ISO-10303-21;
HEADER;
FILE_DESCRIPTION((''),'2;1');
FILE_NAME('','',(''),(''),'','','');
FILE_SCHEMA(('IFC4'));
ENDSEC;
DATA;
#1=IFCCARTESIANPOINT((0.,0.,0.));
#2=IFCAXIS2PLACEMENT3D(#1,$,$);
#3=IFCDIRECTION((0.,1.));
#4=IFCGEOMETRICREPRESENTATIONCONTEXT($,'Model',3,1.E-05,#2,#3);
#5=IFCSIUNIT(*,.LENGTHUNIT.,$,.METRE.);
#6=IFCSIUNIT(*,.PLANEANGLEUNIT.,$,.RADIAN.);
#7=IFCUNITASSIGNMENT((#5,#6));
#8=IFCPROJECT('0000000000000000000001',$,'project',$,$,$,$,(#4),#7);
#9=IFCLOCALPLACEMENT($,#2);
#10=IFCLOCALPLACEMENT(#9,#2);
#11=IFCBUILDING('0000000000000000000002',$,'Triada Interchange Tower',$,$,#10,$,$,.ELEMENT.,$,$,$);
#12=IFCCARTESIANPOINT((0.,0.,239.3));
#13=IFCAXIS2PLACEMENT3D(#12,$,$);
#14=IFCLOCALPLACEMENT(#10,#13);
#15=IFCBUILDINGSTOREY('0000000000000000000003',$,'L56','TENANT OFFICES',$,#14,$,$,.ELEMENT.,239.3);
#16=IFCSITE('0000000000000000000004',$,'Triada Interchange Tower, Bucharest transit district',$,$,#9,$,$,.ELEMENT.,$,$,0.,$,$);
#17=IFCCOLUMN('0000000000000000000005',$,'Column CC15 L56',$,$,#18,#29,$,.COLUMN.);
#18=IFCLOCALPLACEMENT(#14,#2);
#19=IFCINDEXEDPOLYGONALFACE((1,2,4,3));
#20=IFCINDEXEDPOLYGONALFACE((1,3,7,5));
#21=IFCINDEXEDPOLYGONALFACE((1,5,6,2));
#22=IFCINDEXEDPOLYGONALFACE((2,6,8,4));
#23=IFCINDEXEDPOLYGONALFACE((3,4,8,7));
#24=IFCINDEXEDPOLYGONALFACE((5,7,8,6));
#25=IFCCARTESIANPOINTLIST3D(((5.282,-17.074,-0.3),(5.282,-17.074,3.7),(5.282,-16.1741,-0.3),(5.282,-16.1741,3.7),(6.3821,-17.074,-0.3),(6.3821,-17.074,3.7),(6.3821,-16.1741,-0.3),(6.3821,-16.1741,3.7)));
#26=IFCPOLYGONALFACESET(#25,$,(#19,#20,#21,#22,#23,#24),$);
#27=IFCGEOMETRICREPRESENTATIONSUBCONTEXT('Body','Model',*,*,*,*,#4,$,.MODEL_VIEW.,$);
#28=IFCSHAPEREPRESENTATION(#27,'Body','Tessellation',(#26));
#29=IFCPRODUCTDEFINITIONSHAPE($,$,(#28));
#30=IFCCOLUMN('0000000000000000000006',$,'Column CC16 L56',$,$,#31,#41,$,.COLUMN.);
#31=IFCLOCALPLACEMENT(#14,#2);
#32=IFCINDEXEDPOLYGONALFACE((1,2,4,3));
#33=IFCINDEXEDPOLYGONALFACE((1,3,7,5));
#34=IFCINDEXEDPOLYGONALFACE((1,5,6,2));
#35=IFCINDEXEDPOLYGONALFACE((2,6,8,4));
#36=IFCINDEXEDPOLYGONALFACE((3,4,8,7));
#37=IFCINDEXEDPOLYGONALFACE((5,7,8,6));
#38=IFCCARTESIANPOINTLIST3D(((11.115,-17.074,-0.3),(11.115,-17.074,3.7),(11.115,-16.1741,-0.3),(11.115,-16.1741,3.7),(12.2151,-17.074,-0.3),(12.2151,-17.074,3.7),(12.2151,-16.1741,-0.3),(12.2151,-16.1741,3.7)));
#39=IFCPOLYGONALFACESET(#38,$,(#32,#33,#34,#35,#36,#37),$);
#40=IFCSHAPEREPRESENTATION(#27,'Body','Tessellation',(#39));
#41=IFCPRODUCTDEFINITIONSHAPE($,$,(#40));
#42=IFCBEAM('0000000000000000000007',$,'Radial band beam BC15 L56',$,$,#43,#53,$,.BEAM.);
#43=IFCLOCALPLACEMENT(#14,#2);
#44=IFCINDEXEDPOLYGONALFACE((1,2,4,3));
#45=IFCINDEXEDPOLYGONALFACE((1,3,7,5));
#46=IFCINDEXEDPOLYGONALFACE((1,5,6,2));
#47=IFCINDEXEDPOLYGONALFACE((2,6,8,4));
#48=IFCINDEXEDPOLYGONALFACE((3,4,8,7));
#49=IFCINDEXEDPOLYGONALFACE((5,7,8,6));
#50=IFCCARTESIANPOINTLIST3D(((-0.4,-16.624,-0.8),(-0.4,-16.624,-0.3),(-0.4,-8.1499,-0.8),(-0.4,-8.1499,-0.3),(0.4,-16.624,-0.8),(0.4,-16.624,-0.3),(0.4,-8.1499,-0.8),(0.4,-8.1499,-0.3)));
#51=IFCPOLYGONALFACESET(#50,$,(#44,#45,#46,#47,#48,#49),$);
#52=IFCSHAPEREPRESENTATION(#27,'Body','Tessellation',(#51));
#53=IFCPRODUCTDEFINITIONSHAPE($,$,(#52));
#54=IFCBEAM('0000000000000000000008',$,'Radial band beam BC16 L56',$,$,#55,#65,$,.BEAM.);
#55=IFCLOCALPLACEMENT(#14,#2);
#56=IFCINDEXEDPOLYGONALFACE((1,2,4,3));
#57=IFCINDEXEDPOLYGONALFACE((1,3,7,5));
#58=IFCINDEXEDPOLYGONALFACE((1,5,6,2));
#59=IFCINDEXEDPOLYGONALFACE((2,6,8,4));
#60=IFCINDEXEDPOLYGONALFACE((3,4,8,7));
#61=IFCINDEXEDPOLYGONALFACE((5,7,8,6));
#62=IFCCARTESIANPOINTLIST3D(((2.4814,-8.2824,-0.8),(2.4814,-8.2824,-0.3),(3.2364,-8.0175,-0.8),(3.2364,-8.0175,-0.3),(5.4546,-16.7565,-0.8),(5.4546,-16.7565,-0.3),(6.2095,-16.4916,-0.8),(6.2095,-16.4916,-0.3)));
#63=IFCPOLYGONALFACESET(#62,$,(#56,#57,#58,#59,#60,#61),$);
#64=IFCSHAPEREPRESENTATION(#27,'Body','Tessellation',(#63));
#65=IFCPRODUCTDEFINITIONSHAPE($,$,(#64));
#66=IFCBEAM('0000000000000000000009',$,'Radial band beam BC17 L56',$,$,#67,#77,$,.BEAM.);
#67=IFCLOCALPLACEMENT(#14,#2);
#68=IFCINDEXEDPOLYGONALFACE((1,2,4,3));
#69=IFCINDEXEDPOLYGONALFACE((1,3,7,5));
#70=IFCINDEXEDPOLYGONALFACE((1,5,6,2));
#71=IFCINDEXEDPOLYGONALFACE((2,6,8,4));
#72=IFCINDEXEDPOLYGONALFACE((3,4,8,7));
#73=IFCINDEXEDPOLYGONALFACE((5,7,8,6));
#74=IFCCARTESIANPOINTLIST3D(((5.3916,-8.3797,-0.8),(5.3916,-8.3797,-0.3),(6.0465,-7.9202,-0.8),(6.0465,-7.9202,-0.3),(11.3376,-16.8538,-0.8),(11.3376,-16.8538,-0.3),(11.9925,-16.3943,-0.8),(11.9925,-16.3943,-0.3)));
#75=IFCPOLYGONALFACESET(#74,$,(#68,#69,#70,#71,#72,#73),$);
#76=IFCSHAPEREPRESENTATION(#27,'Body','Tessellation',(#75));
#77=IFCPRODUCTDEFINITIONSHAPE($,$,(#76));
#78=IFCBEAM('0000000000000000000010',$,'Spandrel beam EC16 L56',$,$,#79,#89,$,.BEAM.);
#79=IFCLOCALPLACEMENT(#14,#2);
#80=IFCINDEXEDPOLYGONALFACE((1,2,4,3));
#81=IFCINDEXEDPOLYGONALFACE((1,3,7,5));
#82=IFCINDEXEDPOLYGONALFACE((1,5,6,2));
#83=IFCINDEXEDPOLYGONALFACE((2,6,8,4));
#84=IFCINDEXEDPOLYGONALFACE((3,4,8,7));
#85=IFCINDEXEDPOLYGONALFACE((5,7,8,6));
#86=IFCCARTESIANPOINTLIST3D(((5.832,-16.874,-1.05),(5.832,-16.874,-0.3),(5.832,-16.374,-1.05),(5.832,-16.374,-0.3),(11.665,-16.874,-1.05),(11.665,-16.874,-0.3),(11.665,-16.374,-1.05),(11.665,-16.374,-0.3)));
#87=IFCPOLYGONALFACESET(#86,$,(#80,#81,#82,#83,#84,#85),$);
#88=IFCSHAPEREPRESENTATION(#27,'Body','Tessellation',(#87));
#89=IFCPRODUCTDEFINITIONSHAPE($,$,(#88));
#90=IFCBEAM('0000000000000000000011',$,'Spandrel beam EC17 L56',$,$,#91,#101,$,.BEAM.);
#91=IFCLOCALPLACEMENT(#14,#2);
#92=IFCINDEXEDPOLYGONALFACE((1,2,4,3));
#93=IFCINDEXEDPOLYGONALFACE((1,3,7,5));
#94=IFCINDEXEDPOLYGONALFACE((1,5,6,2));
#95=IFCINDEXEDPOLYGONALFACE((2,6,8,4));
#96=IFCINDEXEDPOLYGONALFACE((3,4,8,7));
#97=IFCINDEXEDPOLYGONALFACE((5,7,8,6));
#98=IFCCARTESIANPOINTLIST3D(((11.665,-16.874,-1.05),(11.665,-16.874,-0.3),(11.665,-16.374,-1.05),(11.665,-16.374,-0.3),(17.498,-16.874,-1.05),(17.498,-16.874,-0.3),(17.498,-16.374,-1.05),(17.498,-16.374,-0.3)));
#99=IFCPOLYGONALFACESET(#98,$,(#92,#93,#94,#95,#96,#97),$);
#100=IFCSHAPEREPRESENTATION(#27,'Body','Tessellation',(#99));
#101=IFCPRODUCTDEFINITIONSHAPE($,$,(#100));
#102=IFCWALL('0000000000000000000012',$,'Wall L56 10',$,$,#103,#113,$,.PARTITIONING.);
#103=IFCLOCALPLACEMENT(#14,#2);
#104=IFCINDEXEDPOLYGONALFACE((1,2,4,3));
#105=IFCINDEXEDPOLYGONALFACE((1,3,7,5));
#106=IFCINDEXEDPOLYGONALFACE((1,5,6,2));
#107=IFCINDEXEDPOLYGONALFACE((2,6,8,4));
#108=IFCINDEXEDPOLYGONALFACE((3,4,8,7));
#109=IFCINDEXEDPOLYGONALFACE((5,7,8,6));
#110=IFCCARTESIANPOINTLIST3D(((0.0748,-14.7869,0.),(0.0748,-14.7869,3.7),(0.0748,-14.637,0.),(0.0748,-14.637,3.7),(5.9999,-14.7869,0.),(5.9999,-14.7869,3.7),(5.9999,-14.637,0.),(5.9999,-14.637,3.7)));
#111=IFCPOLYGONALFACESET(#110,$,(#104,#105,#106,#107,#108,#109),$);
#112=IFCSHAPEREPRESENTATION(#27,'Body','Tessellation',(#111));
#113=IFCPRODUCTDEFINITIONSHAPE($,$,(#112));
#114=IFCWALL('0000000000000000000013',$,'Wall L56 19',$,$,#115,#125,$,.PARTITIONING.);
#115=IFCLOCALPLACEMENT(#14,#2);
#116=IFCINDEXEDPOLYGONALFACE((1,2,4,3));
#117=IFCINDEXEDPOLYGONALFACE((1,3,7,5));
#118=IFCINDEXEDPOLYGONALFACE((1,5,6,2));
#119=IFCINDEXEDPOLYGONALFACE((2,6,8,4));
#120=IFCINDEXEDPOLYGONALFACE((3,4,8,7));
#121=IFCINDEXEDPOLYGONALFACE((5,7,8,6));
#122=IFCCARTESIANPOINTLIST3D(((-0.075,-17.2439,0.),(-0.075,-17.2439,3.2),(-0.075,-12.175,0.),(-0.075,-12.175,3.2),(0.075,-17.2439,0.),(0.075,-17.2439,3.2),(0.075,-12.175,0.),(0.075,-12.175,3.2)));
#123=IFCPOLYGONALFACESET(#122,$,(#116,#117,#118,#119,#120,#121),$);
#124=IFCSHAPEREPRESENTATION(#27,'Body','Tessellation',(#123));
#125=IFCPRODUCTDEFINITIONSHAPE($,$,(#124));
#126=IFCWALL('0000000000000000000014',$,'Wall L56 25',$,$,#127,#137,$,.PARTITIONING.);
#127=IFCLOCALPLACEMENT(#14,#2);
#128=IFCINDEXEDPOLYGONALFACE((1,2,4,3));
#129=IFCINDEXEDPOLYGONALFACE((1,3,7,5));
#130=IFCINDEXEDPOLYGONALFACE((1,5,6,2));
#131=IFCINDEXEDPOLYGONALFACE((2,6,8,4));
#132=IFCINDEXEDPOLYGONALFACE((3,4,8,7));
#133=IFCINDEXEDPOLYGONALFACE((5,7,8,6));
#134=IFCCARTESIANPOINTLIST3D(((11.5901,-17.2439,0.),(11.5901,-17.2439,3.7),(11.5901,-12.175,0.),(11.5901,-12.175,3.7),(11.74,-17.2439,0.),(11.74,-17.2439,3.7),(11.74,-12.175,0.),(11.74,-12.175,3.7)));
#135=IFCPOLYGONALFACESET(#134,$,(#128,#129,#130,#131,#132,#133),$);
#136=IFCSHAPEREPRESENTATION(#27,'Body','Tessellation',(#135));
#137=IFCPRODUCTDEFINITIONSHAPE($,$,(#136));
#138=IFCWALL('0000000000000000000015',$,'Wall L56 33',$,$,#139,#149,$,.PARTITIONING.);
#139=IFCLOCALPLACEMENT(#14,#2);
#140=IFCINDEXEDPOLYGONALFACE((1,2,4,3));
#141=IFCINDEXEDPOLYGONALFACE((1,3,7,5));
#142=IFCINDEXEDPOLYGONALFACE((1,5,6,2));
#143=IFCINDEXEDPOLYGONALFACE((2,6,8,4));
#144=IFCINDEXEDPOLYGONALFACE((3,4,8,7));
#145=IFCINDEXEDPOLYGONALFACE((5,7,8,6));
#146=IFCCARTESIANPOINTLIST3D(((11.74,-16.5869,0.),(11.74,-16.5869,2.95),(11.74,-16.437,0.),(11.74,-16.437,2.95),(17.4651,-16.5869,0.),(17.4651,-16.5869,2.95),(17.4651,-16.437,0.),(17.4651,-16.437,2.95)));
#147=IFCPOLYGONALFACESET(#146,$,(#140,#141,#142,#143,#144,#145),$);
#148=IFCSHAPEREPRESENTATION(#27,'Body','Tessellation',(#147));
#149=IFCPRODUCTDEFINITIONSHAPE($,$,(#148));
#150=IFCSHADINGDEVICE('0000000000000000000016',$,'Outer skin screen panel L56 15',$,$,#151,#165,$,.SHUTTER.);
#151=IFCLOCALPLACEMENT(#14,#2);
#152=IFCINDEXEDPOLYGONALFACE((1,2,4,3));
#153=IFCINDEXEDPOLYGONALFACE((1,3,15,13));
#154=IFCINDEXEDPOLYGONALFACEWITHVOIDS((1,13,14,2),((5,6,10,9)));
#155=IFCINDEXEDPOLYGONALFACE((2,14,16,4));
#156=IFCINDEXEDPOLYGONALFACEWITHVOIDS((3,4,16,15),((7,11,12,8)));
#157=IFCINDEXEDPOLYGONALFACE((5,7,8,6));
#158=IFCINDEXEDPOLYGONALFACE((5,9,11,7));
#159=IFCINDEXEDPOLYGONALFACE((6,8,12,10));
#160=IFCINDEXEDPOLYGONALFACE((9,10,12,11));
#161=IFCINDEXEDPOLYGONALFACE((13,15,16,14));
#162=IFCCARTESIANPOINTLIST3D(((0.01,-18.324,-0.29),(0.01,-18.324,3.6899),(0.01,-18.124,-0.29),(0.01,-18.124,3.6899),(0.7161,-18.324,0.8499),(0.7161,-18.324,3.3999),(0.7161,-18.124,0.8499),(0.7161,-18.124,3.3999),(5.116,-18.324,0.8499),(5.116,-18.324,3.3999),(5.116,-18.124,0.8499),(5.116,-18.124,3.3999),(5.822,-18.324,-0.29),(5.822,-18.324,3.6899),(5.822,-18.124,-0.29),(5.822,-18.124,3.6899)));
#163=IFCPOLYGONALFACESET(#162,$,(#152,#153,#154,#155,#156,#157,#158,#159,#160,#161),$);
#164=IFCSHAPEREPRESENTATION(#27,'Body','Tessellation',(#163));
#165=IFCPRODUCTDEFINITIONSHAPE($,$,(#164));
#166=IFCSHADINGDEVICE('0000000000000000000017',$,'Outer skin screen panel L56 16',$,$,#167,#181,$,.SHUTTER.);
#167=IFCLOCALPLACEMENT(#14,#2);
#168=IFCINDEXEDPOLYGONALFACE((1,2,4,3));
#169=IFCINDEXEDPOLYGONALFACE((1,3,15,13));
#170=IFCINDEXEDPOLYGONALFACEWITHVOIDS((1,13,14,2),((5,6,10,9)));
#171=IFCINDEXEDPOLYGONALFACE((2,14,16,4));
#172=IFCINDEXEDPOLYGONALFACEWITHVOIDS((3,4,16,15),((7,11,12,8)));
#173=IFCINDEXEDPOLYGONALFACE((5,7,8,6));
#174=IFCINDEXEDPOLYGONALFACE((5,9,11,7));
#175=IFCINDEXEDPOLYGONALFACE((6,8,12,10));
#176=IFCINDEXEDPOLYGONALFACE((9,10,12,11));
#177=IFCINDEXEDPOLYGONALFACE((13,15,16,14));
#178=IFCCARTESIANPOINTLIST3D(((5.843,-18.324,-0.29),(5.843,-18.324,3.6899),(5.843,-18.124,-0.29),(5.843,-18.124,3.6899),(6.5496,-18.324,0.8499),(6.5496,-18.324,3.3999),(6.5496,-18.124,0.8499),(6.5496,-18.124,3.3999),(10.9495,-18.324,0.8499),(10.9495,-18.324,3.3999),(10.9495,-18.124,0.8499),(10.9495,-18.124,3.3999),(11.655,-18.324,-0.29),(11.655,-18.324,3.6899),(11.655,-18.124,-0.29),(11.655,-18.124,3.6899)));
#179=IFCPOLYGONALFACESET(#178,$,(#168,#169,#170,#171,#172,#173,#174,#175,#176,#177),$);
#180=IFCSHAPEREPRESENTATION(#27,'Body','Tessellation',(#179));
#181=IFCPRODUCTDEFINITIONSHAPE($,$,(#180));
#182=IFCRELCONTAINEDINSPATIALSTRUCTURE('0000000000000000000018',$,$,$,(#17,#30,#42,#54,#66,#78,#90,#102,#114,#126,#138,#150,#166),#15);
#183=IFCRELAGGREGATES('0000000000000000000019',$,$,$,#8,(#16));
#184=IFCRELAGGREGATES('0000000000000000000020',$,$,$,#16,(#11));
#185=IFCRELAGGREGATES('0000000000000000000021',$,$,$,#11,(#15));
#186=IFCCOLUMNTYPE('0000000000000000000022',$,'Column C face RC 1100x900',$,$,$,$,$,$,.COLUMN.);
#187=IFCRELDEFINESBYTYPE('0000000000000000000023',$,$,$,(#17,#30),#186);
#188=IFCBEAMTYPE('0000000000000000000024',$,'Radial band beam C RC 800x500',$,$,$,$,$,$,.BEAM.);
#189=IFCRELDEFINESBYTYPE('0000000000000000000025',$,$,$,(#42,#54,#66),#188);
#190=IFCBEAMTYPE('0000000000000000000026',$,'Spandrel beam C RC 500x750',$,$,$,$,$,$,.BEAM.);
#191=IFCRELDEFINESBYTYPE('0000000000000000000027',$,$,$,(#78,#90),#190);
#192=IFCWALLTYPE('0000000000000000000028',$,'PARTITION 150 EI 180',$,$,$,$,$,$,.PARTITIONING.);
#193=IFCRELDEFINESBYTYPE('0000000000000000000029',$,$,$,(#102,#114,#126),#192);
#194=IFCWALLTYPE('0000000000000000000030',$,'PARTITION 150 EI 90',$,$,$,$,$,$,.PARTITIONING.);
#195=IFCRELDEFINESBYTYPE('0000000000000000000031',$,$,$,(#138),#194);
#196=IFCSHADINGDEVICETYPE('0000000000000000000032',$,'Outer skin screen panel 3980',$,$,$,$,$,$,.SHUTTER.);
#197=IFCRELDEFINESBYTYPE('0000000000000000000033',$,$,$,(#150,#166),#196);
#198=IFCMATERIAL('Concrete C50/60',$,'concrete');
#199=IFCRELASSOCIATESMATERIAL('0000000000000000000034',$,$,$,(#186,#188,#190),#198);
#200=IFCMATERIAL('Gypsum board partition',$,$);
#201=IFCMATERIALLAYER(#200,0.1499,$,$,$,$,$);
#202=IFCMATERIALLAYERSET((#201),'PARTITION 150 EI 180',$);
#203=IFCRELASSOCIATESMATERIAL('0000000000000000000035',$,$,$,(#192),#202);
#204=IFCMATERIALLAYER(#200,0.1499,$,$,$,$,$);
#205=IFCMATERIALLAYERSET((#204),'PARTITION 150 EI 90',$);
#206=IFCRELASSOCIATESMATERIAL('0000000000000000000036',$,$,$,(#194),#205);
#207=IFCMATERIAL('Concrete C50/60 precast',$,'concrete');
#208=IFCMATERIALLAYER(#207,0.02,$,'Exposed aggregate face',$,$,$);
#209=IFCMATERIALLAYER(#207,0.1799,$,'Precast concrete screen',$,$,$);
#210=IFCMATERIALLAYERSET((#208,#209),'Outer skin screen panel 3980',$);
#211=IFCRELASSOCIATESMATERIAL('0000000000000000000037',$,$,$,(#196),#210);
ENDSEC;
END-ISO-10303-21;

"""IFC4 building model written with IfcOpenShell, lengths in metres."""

from ifc_helpers import new_model, si_unit, direction, frame, frame_2d, origin, origin_2d, place, context, subcontext, project, spatial, polyline, rectangle, outline, extrude, material, layer, layer_set, material_profile, profile_set, type_object, element, save


model = new_model("IFC4")

# Units and contexts
model_context = context("Model", 3, precision=1e-05, world=origin(), true_north=direction((0.0, 1.0)))
body_context = subcontext(model_context, "Body", "Model", "MODEL_VIEW")
ifc_project = project(units=[si_unit("LENGTHUNIT", "METRE"), si_unit("PLANEANGLEUNIT", "RADIAN")], contexts=[model_context])

# Site, building, storey
site_placement = place(None, origin())
site = spatial("IfcSite", under=ifc_project, at=site_placement, Name="Triada Interchange Tower, Bucharest transit district", CompositionType="ELEMENT", RefElevation=0.0)
building_placement = place(site_placement, origin())
building = spatial("IfcBuilding", under=site, at=building_placement, Name="Triada Interchange Tower", CompositionType="ELEMENT")
storey_placement = place(building_placement, frame((0.0, 0.0, 239.3)))
storey = spatial("IfcBuildingStorey", under=building, at=storey_placement, Name="L56", Description="TENANT OFFICES", CompositionType="ELEMENT", Elevation=239.3)

# Columns
ifc_material_1 = material(Name="Concrete C50/60", Category="concrete")
ifc_material_profile_1 = material_profile(ifc_material_1, rectangle(XDim=1.1001, YDim=0.8999, at=origin_2d()), Name="RC 1100x900")
ifc_profile_set_1 = profile_set([ifc_material_profile_1], Name="Concrete C50/60")
column_type = type_object("IfcColumnType", Name="Column C face RC 1100x900", PredefinedType="COLUMN", material=ifc_profile_set_1)
for number, where, z_axis, x_axis, name in (
    (1, (5.832, -16.624, -0.3), (0.0, 0.0, 1.0), (1.0, 0.0, 0.0), "Column CC15 L56"),
    (2, (11.665, -16.624, -0.3), (0.0, 0.0, 1.0), (1.0, 0.0, 0.0), "Column CC16 L56"),
):
    element("IfcColumn", number, at=place(storey_placement, frame(where, z_axis=z_axis, x_axis=x_axis)), inside=storey, type_object=column_type, Name=name, PredefinedType="COLUMN", context=body_context, shape_type="SweptSolid", body=[
        extrude(rectangle(XDim=1.1001, YDim=0.8999, at=origin_2d()), origin(), (0.0, 0.0, 1.0), 4.0),
    ])

# Beams
ifc_material_profile_2 = material_profile(ifc_material_1, rectangle(XDim=0.8, YDim=0.5, at=origin_2d()), Name="RC 800x500")
ifc_profile_set_2 = profile_set([ifc_material_profile_2], Name="Concrete C50/60")
beam_type_1 = type_object("IfcBeamType", Name="Radial band beam C RC 800x500", PredefinedType="BEAM", material=ifc_profile_set_2)
beam_1_placement = place(storey_placement, frame((0.0, -16.624, -0.55), z_axis=(0.0, 1.0, 0.0), x_axis=(-1.0, 0.0, 0.0)))
element("IfcBeam", 3, at=beam_1_placement, inside=storey, type_object=beam_type_1, Name="Radial band beam BC15 L56", PredefinedType="BEAM", context=body_context, shape_type="SweptSolid", body=[
    extrude(rectangle(XDim=0.8, YDim=0.5, at=origin_2d()), origin(), (0.0, 0.0, 1.0), 8.4741),
])
beam_2_placement = place(storey_placement, frame((5.832, -16.624, -0.55), z_axis=(-0.331065, 0.943608, 0.0), x_axis=(-0.943608, -0.331065, 0.0)))
element("IfcBeam", 4, at=beam_2_placement, inside=storey, type_object=beam_type_1, Name="Radial band beam BC16 L56", PredefinedType="BEAM", context=body_context, shape_type="SweptSolid", body=[
    extrude(rectangle(XDim=0.8, YDim=0.5, at=origin_2d()), origin(), (0.0, 0.0, 1.0), 8.9805),
])
beam_3_placement = place(storey_placement, frame((11.665, -16.624, -0.55), z_axis=(-0.57438, 0.818589, 0.0), x_axis=(-0.818589, -0.57438, 0.0)))
element("IfcBeam", 5, at=beam_3_placement, inside=storey, type_object=beam_type_1, Name="Radial band beam BC17 L56", PredefinedType="BEAM", context=body_context, shape_type="SweptSolid", body=[
    extrude(rectangle(XDim=0.8, YDim=0.5, at=origin_2d()), origin(), (0.0, 0.0, 1.0), 10.3521),
])
ifc_material_profile_3 = material_profile(ifc_material_1, rectangle(XDim=0.5, YDim=0.75, at=origin_2d()), Name="RC 500x750")
ifc_profile_set_3 = profile_set([ifc_material_profile_3], Name="Concrete C50/60")
beam_type_2 = type_object("IfcBeamType", Name="Spandrel beam C RC 500x750", PredefinedType="BEAM", material=ifc_profile_set_3)
for number, where, z_axis, x_axis, name in (
    (6, (5.832, -16.624, -0.675), (1.0, 0.0, 0.0), (0.0, 1.0, 0.0), "Spandrel beam EC16 L56"),
    (7, (11.665, -16.624, -0.675), (1.0, 0.0, 0.0), (0.0, 1.0, 0.0), "Spandrel beam EC17 L56"),
):
    element("IfcBeam", number, at=place(storey_placement, frame(where, z_axis=z_axis, x_axis=x_axis)), inside=storey, type_object=beam_type_2, Name=name, PredefinedType="BEAM", context=body_context, shape_type="SweptSolid", body=[
        extrude(rectangle(XDim=0.5, YDim=0.75, at=origin_2d()), origin(), (0.0, 0.0, 1.0), 5.833),
    ])

# Walls
ifc_material_2 = material(Name="Gypsum board partition")
ifc_layer_1 = layer(ifc_material_2, 0.1499)
ifc_layer_set_1 = layer_set([ifc_layer_1], Name="PARTITION 150 EI 180")
wall_type_1 = type_object("IfcWallType", Name="PARTITION 150 EI 180", PredefinedType="PARTITIONING", material=ifc_layer_set_1)
wall_1_placement = place(storey_placement, frame((0.075, -14.7119, 0.0), z_axis=(0.0, 0.0, 1.0), x_axis=(1.0, 0.0, 0.0)))
element("IfcWall", 8, at=wall_1_placement, inside=storey, type_object=wall_type_1, Name="Wall L56 10", PredefinedType="PARTITIONING", context=body_context, shape_type="SweptSolid", body=[
    extrude(rectangle(XDim=5.925, YDim=0.1499, at=frame_2d((2.9624, 0.0))), origin(), (0.0, 0.0, 1.0), 3.7),
])
wall_2_placement = place(storey_placement, frame((0.0, -17.2439, 0.0), z_axis=(0.0, 0.0, 1.0), x_axis=(0.0, 1.0, 0.0)))
element("IfcWall", 9, at=wall_2_placement, inside=storey, type_object=wall_type_1, Name="Wall L56 19", PredefinedType="PARTITIONING", context=body_context, shape_type="SweptSolid", body=[
    extrude(rectangle(XDim=5.0688, YDim=0.1499, at=frame_2d((2.5344, 0.0))), origin(), (0.0, 0.0, 1.0), 3.2),
])
wall_3_placement = place(storey_placement, frame((11.665, -17.2439, 0.0), z_axis=(0.0, 0.0, 1.0), x_axis=(0.0, 1.0, 0.0)))
element("IfcWall", 10, at=wall_3_placement, inside=storey, type_object=wall_type_1, Name="Wall L56 25", PredefinedType="PARTITIONING", context=body_context, shape_type="SweptSolid", body=[
    extrude(rectangle(XDim=5.0688, YDim=0.1499, at=frame_2d((2.5344, 0.0))), origin(), (0.0, 0.0, 1.0), 3.7),
])
ifc_layer_2 = layer(ifc_material_2, 0.1499)
ifc_layer_set_2 = layer_set([ifc_layer_2], Name="PARTITION 150 EI 90")
wall_type_2 = type_object("IfcWallType", Name="PARTITION 150 EI 90", PredefinedType="PARTITIONING", material=ifc_layer_set_2)
wall_4_placement = place(storey_placement, frame((11.74, -16.512, 0.0), z_axis=(0.0, 0.0, 1.0), x_axis=(1.0, 0.0, 0.0)))
element("IfcWall", 11, at=wall_4_placement, inside=storey, type_object=wall_type_2, Name="Wall L56 33", PredefinedType="PARTITIONING", context=body_context, shape_type="SweptSolid", body=[
    extrude(rectangle(XDim=5.7251, YDim=0.1499, at=frame_2d((2.8625, 0.0))), origin(), (0.0, 0.0, 1.0), 2.95),
])

# Shading devices
ifc_material_3 = material(Name="Concrete C50/60 precast", Category="concrete")
ifc_layer_3 = layer(ifc_material_3, 0.02, Name="Exposed aggregate face")
ifc_layer_4 = layer(ifc_material_3, 0.1799, Name="Precast concrete screen")
ifc_layer_set_3 = layer_set([ifc_layer_3, ifc_layer_4], Name="Outer skin screen panel 3980")
shading_device_type = type_object("IfcShadingDeviceType", Name="Outer skin screen panel 3980", PredefinedType="SHUTTER", material=ifc_layer_set_3)
shading_device_1_placement = place(storey_placement, frame((0.01, -18.124, -0.29), z_axis=(0.0, 0.0, 1.0), x_axis=(1.0, 0.0, 0.0)))
element("IfcShadingDevice", 12, at=shading_device_1_placement, inside=storey, type_object=shading_device_type, Name="Outer skin screen panel L56 15", PredefinedType="SHUTTER", context=body_context, shape_type="SweptSolid", body=[
    extrude(outline(polyline([(0.0, 0.0), (5.812, 0.0), (5.812, 3.98), (0.0, 3.98), (0.0, 0.0)]), holes=[polyline([(0.7061, 1.1399), (0.7061, 3.6899), (5.106, 3.6899), (5.106, 1.1399), (0.7061, 1.1399)])]), frame((0.0, 0.0, 0.0), z_axis=(0.0, -1.0, 0.0), x_axis=(1.0, 0.0, 0.0)), (0.0, 0.0, 1.0), 0.2),
])
shading_device_2_placement = place(storey_placement, frame((5.843, -18.124, -0.29), z_axis=(0.0, 0.0, 1.0), x_axis=(1.0, 0.0, 0.0)))
element("IfcShadingDevice", 13, at=shading_device_2_placement, inside=storey, type_object=shading_device_type, Name="Outer skin screen panel L56 16", PredefinedType="SHUTTER", context=body_context, shape_type="SweptSolid", body=[
    extrude(outline(polyline([(0.0, 0.0), (5.812, 0.0), (5.812, 3.98), (0.0, 3.98), (0.0, 0.0)]), holes=[polyline([(0.7065, 1.1399), (0.7065, 3.6899), (5.1064, 3.6899), (5.1064, 1.1399), (0.7065, 1.1399)])]), frame((0.0, 0.0, 0.0), z_axis=(0.0, -1.0, 0.0), x_axis=(1.0, 0.0, 0.0)), (0.0, 0.0, 1.0), 0.2),
])

save(model, "model.ifc")
